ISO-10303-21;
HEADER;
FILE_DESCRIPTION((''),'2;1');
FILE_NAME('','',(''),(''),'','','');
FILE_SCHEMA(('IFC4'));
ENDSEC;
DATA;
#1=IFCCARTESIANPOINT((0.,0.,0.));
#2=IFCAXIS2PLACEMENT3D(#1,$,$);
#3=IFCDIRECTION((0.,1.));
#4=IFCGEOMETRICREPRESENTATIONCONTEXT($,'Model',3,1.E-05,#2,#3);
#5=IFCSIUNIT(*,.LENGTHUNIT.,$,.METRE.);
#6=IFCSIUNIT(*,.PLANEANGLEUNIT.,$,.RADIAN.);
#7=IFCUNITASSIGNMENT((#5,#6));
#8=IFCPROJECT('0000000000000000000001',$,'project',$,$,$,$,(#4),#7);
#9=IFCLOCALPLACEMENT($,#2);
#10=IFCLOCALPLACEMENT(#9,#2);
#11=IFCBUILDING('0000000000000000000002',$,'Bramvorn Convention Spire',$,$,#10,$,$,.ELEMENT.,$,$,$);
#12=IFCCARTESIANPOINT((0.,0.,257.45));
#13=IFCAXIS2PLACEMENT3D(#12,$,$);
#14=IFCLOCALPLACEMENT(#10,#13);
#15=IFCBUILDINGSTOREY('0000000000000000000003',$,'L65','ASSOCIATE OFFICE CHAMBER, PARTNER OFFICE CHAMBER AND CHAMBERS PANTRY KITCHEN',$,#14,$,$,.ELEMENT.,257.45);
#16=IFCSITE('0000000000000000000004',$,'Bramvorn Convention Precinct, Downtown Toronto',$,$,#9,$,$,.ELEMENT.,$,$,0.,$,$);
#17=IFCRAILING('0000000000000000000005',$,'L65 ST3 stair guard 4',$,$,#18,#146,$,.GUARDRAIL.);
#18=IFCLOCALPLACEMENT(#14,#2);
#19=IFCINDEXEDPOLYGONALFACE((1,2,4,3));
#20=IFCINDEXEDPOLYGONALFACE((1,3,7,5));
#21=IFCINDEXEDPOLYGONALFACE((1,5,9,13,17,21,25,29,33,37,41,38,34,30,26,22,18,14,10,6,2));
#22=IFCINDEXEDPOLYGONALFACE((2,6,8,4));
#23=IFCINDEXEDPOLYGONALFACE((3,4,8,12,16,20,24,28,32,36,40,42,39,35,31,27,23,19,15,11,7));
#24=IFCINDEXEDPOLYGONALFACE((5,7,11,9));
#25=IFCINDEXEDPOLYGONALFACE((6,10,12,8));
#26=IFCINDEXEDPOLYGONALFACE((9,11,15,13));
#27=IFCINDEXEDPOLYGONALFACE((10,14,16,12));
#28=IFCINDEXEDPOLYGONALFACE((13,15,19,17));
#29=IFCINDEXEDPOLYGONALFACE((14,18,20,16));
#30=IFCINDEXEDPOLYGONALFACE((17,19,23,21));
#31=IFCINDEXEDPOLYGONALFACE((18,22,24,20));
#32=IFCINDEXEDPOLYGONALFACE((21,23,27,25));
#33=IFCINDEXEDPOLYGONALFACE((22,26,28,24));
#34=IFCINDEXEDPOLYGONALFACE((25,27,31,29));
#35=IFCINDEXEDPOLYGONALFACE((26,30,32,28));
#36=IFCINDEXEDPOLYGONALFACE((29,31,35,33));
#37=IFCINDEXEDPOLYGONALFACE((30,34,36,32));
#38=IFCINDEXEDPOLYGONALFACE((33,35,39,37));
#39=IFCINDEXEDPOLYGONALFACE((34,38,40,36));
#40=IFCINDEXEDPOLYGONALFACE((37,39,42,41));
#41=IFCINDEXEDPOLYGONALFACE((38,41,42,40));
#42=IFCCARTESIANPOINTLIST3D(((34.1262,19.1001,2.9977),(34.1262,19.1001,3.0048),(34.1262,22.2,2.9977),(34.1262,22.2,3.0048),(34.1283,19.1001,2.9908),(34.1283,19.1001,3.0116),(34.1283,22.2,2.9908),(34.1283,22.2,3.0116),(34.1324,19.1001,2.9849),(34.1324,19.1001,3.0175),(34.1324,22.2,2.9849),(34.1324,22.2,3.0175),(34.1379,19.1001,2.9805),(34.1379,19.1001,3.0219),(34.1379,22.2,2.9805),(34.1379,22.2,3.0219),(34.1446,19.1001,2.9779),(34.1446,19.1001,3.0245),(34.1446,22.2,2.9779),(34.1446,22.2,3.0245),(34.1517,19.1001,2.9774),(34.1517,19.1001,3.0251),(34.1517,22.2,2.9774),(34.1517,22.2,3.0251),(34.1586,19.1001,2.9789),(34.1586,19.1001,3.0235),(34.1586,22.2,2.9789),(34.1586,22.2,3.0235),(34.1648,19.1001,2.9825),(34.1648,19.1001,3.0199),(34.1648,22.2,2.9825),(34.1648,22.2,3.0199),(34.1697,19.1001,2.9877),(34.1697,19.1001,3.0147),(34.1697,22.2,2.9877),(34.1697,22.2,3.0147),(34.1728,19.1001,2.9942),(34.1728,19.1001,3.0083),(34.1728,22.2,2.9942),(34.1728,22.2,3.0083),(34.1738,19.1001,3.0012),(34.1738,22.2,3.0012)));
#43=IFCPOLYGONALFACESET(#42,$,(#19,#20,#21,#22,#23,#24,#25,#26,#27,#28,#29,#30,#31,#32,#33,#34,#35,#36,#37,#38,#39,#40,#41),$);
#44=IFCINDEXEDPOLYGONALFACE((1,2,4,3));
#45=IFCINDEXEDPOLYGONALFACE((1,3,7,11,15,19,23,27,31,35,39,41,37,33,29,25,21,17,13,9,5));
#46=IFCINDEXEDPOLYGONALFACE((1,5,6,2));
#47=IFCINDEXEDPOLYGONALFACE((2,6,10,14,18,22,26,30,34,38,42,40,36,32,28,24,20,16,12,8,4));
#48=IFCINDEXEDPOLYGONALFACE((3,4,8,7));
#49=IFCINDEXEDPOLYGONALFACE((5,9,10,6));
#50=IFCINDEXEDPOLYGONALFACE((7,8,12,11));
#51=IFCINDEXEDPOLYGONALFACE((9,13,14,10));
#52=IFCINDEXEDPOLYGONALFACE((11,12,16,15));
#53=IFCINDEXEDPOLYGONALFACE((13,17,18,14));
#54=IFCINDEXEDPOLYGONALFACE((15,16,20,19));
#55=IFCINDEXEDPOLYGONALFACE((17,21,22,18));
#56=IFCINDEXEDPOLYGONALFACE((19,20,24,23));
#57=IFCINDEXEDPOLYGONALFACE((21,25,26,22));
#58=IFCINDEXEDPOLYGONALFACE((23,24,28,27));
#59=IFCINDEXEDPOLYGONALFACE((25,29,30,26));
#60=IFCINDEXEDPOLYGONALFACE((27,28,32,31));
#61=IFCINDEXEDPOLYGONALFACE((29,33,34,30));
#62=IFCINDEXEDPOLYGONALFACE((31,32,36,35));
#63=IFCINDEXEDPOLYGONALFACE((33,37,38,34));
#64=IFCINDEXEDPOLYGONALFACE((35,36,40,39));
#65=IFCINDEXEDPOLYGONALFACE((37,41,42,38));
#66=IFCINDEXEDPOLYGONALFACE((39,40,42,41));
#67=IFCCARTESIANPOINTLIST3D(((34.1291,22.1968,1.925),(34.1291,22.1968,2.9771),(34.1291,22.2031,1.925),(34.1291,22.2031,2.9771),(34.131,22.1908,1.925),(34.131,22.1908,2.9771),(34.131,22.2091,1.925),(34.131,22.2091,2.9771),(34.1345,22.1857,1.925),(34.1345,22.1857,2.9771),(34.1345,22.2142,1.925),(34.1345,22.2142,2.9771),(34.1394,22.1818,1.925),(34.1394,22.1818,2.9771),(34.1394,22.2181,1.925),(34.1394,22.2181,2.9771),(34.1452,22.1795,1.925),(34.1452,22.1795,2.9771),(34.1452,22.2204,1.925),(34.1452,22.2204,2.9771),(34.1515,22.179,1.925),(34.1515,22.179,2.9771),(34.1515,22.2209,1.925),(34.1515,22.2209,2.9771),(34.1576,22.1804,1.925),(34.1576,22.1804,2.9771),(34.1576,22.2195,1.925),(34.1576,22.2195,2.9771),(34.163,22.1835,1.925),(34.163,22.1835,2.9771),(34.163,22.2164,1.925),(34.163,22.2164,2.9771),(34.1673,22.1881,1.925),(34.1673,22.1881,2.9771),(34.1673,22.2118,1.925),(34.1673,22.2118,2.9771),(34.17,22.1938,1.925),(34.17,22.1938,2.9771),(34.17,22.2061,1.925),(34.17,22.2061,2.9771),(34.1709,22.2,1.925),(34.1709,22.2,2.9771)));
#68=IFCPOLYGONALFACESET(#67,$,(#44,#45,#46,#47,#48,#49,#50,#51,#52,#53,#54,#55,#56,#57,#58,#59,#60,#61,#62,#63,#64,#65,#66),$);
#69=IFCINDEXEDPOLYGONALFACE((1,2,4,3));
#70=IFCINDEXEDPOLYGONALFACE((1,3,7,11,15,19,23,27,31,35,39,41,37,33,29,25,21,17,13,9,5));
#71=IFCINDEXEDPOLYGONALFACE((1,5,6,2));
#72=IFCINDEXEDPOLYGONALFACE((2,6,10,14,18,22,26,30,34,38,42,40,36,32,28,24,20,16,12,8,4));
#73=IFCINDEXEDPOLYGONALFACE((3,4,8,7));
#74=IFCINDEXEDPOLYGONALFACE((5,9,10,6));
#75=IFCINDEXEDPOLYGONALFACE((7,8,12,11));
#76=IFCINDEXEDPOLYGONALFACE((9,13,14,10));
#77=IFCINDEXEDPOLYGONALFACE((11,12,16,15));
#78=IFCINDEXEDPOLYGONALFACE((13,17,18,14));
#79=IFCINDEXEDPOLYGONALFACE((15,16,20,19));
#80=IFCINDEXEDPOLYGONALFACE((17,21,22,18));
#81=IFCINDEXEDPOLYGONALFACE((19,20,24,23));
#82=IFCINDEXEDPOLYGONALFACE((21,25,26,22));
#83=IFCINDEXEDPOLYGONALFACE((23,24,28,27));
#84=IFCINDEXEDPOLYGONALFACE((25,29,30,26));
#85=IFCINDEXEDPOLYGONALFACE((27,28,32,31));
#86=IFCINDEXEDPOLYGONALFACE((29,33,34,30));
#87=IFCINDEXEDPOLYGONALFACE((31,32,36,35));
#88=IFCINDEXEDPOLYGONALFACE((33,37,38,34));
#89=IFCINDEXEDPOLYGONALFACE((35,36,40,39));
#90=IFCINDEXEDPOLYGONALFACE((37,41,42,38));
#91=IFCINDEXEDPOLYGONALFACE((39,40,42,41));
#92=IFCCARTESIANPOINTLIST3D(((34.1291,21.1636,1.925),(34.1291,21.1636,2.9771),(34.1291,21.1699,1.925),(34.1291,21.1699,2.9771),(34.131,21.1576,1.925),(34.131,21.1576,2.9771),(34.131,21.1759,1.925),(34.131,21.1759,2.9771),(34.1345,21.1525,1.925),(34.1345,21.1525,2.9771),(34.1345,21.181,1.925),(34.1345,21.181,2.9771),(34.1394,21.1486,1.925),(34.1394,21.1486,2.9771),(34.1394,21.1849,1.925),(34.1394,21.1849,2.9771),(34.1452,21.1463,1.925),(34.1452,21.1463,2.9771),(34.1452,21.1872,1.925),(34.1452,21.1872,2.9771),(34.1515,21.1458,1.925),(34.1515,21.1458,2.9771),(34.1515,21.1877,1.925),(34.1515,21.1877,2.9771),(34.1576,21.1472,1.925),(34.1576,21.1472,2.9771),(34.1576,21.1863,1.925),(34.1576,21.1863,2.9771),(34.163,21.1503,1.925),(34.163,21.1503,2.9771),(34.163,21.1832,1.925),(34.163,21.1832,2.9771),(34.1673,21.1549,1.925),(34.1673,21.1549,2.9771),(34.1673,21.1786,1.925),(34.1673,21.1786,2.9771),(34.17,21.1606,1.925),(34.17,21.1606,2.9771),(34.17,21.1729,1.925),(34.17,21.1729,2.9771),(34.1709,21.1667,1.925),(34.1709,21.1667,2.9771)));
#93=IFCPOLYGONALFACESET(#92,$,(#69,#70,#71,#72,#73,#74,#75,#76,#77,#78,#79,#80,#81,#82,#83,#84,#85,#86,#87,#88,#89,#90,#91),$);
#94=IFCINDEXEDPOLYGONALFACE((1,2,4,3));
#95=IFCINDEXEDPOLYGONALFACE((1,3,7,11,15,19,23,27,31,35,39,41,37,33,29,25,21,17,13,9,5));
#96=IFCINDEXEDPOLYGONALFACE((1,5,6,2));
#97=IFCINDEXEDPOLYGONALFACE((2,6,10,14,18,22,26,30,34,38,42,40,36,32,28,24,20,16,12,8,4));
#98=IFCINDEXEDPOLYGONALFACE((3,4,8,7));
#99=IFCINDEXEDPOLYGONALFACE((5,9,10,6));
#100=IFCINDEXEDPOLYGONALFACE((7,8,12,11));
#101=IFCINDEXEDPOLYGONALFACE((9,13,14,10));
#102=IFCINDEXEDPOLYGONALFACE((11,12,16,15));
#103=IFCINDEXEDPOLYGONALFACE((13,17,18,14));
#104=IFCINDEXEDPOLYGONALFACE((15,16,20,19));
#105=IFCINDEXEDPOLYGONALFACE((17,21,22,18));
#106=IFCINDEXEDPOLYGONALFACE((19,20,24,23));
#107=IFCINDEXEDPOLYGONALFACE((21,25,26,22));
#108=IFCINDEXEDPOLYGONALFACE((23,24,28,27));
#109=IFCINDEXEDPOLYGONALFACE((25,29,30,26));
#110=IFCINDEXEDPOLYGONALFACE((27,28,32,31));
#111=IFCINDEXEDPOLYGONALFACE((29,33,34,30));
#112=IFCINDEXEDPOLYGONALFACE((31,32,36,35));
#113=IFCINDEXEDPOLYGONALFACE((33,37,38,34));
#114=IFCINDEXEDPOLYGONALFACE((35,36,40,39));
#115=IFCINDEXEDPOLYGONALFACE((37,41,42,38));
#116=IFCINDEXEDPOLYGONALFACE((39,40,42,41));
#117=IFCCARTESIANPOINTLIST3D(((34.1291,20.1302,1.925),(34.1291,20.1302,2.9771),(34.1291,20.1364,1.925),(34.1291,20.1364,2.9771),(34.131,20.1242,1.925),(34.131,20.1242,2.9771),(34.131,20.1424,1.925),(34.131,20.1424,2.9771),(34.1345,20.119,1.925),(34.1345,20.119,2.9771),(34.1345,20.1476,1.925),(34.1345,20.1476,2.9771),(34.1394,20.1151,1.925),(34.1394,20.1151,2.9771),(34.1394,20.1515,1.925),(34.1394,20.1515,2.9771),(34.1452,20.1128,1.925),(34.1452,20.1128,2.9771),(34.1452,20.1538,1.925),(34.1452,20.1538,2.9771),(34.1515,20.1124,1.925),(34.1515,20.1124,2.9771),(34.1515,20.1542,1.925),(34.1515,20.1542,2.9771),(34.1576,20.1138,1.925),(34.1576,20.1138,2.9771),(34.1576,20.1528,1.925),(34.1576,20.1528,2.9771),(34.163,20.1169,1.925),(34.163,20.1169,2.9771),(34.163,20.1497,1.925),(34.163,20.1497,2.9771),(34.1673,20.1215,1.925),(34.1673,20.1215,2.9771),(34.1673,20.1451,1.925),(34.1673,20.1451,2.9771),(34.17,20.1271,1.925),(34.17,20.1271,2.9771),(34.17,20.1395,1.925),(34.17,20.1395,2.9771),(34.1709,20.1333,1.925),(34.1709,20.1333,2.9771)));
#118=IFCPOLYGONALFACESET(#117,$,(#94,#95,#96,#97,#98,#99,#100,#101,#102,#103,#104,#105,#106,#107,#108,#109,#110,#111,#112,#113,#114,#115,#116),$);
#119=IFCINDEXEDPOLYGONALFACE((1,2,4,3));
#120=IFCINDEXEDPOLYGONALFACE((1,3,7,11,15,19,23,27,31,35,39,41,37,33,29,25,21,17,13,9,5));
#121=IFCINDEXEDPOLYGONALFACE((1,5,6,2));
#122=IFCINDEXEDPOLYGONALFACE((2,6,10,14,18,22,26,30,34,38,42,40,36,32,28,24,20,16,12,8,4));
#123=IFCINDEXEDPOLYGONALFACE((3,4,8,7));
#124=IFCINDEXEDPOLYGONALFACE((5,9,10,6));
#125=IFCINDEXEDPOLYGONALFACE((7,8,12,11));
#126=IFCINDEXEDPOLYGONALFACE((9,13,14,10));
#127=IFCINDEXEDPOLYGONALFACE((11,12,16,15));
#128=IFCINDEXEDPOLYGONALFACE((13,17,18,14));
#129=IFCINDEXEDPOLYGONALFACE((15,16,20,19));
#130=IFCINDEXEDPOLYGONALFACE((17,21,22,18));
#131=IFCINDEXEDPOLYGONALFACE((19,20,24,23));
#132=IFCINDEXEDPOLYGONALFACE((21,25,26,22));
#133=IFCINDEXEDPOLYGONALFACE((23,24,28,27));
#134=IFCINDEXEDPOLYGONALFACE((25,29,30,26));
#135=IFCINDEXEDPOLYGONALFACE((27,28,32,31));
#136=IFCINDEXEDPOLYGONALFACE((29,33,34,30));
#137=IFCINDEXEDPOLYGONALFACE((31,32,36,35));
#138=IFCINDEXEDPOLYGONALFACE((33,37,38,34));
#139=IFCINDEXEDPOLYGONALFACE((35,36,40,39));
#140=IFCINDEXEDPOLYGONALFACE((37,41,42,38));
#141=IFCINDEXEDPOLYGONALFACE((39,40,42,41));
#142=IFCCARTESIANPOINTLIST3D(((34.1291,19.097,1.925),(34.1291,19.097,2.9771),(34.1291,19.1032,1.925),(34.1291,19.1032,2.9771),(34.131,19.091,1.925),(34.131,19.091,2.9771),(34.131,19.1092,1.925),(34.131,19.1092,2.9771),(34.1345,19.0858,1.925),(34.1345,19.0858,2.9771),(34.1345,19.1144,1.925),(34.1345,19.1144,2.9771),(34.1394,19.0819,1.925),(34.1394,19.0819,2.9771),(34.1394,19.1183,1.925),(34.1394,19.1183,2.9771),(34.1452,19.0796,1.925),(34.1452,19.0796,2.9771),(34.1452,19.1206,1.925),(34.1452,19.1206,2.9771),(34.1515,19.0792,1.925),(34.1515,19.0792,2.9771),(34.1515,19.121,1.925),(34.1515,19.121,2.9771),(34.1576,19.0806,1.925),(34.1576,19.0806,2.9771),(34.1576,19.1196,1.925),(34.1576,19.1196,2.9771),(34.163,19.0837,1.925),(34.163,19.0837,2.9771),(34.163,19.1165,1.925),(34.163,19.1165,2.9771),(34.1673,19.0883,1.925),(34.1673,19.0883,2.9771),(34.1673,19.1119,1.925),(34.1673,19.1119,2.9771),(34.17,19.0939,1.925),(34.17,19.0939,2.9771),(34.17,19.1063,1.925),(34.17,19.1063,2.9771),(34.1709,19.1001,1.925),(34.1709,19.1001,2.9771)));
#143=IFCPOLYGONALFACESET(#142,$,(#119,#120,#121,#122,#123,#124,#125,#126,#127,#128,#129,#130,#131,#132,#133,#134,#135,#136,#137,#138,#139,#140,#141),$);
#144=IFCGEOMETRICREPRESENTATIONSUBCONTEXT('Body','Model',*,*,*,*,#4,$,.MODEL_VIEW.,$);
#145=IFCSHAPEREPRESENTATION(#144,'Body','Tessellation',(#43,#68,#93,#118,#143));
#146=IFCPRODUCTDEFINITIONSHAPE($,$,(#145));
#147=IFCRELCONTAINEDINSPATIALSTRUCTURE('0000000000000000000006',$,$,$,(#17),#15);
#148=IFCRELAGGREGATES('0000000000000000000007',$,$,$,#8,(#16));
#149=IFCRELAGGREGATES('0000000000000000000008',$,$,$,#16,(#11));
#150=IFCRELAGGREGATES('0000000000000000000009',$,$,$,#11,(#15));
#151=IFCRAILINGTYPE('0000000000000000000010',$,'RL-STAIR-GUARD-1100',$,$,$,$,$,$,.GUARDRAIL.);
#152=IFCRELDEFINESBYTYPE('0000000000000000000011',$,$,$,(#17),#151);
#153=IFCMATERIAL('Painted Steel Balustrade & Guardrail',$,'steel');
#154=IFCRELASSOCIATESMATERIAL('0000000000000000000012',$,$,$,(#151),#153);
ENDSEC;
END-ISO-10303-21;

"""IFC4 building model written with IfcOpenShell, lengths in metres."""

from ifc_helpers import new_model, si_unit, direction, frame, origin, origin_2d, place, context, subcontext, project, spatial, circle, extrude, material, type_object, element, save


model = new_model("IFC4")

# Units and contexts
model_context = context("Model", 3, precision=1e-05, world=origin(), true_north=direction((0.0, 1.0)))
body_context = subcontext(model_context, "Body", "Model", "MODEL_VIEW")
ifc_project = project(units=[si_unit("LENGTHUNIT", "METRE"), si_unit("PLANEANGLEUNIT", "RADIAN")], contexts=[model_context])

# Site, building, storey
site_placement = place(None, origin())
site = spatial("IfcSite", under=ifc_project, at=site_placement, Name="Bramvorn Convention Precinct, Downtown Toronto", CompositionType="ELEMENT", RefElevation=0.0)
building_placement = place(site_placement, origin())
building = spatial("IfcBuilding", under=site, at=building_placement, Name="Bramvorn Convention Spire", CompositionType="ELEMENT")
storey_placement = place(building_placement, frame((0.0, 0.0, 257.45)))
storey = spatial("IfcBuildingStorey", under=building, at=storey_placement, Name="L65", Description="ASSOCIATE OFFICE CHAMBER, PARTNER OFFICE CHAMBER AND CHAMBERS PANTRY KITCHEN", CompositionType="ELEMENT", Elevation=257.45)

# Railing
ifc_material_1 = material(Name="Painted Steel Balustrade & Guardrail", Category="steel")
railing_type_1 = type_object("IfcRailingType", Name="RL-STAIR-GUARD-1100", PredefinedType="GUARDRAIL", material=ifc_material_1)
railing_1_placement = place(storey_placement, frame((34.1499, 22.2, 1.925)))
element("IfcRailing", 1, at=railing_1_placement, inside=storey, type_object=railing_type_1, Name="L65 ST3 stair guard 4", PredefinedType="GUARDRAIL", context=body_context, shape_type="SweptSolid", body=[
    extrude(circle(Radius=0.0239, at=origin_2d()), frame((0.0, 0.0, 1.0762), z_axis=(0.0, -1.0, 0.0), x_axis=(1.0, 0.0, 0.0)), (0.0, 0.0, 1.0), 3.0999),
    extrude(circle(Radius=0.021, at=origin_2d()), origin(), (0.0, 0.0, 1.0), 1.052),
    extrude(circle(Radius=0.021, at=origin_2d()), frame((0.0, -1.0332, 0.0)), (0.0, 0.0, 1.0), 1.052),
    extrude(circle(Radius=0.021, at=origin_2d()), frame((0.0, -2.0667, 0.0)), (0.0, 0.0, 1.0), 1.052),
    extrude(circle(Radius=0.021, at=origin_2d()), frame((0.0, -3.0999, 0.0)), (0.0, 0.0, 1.0), 1.052),
])

save(model, "model.ifc")
